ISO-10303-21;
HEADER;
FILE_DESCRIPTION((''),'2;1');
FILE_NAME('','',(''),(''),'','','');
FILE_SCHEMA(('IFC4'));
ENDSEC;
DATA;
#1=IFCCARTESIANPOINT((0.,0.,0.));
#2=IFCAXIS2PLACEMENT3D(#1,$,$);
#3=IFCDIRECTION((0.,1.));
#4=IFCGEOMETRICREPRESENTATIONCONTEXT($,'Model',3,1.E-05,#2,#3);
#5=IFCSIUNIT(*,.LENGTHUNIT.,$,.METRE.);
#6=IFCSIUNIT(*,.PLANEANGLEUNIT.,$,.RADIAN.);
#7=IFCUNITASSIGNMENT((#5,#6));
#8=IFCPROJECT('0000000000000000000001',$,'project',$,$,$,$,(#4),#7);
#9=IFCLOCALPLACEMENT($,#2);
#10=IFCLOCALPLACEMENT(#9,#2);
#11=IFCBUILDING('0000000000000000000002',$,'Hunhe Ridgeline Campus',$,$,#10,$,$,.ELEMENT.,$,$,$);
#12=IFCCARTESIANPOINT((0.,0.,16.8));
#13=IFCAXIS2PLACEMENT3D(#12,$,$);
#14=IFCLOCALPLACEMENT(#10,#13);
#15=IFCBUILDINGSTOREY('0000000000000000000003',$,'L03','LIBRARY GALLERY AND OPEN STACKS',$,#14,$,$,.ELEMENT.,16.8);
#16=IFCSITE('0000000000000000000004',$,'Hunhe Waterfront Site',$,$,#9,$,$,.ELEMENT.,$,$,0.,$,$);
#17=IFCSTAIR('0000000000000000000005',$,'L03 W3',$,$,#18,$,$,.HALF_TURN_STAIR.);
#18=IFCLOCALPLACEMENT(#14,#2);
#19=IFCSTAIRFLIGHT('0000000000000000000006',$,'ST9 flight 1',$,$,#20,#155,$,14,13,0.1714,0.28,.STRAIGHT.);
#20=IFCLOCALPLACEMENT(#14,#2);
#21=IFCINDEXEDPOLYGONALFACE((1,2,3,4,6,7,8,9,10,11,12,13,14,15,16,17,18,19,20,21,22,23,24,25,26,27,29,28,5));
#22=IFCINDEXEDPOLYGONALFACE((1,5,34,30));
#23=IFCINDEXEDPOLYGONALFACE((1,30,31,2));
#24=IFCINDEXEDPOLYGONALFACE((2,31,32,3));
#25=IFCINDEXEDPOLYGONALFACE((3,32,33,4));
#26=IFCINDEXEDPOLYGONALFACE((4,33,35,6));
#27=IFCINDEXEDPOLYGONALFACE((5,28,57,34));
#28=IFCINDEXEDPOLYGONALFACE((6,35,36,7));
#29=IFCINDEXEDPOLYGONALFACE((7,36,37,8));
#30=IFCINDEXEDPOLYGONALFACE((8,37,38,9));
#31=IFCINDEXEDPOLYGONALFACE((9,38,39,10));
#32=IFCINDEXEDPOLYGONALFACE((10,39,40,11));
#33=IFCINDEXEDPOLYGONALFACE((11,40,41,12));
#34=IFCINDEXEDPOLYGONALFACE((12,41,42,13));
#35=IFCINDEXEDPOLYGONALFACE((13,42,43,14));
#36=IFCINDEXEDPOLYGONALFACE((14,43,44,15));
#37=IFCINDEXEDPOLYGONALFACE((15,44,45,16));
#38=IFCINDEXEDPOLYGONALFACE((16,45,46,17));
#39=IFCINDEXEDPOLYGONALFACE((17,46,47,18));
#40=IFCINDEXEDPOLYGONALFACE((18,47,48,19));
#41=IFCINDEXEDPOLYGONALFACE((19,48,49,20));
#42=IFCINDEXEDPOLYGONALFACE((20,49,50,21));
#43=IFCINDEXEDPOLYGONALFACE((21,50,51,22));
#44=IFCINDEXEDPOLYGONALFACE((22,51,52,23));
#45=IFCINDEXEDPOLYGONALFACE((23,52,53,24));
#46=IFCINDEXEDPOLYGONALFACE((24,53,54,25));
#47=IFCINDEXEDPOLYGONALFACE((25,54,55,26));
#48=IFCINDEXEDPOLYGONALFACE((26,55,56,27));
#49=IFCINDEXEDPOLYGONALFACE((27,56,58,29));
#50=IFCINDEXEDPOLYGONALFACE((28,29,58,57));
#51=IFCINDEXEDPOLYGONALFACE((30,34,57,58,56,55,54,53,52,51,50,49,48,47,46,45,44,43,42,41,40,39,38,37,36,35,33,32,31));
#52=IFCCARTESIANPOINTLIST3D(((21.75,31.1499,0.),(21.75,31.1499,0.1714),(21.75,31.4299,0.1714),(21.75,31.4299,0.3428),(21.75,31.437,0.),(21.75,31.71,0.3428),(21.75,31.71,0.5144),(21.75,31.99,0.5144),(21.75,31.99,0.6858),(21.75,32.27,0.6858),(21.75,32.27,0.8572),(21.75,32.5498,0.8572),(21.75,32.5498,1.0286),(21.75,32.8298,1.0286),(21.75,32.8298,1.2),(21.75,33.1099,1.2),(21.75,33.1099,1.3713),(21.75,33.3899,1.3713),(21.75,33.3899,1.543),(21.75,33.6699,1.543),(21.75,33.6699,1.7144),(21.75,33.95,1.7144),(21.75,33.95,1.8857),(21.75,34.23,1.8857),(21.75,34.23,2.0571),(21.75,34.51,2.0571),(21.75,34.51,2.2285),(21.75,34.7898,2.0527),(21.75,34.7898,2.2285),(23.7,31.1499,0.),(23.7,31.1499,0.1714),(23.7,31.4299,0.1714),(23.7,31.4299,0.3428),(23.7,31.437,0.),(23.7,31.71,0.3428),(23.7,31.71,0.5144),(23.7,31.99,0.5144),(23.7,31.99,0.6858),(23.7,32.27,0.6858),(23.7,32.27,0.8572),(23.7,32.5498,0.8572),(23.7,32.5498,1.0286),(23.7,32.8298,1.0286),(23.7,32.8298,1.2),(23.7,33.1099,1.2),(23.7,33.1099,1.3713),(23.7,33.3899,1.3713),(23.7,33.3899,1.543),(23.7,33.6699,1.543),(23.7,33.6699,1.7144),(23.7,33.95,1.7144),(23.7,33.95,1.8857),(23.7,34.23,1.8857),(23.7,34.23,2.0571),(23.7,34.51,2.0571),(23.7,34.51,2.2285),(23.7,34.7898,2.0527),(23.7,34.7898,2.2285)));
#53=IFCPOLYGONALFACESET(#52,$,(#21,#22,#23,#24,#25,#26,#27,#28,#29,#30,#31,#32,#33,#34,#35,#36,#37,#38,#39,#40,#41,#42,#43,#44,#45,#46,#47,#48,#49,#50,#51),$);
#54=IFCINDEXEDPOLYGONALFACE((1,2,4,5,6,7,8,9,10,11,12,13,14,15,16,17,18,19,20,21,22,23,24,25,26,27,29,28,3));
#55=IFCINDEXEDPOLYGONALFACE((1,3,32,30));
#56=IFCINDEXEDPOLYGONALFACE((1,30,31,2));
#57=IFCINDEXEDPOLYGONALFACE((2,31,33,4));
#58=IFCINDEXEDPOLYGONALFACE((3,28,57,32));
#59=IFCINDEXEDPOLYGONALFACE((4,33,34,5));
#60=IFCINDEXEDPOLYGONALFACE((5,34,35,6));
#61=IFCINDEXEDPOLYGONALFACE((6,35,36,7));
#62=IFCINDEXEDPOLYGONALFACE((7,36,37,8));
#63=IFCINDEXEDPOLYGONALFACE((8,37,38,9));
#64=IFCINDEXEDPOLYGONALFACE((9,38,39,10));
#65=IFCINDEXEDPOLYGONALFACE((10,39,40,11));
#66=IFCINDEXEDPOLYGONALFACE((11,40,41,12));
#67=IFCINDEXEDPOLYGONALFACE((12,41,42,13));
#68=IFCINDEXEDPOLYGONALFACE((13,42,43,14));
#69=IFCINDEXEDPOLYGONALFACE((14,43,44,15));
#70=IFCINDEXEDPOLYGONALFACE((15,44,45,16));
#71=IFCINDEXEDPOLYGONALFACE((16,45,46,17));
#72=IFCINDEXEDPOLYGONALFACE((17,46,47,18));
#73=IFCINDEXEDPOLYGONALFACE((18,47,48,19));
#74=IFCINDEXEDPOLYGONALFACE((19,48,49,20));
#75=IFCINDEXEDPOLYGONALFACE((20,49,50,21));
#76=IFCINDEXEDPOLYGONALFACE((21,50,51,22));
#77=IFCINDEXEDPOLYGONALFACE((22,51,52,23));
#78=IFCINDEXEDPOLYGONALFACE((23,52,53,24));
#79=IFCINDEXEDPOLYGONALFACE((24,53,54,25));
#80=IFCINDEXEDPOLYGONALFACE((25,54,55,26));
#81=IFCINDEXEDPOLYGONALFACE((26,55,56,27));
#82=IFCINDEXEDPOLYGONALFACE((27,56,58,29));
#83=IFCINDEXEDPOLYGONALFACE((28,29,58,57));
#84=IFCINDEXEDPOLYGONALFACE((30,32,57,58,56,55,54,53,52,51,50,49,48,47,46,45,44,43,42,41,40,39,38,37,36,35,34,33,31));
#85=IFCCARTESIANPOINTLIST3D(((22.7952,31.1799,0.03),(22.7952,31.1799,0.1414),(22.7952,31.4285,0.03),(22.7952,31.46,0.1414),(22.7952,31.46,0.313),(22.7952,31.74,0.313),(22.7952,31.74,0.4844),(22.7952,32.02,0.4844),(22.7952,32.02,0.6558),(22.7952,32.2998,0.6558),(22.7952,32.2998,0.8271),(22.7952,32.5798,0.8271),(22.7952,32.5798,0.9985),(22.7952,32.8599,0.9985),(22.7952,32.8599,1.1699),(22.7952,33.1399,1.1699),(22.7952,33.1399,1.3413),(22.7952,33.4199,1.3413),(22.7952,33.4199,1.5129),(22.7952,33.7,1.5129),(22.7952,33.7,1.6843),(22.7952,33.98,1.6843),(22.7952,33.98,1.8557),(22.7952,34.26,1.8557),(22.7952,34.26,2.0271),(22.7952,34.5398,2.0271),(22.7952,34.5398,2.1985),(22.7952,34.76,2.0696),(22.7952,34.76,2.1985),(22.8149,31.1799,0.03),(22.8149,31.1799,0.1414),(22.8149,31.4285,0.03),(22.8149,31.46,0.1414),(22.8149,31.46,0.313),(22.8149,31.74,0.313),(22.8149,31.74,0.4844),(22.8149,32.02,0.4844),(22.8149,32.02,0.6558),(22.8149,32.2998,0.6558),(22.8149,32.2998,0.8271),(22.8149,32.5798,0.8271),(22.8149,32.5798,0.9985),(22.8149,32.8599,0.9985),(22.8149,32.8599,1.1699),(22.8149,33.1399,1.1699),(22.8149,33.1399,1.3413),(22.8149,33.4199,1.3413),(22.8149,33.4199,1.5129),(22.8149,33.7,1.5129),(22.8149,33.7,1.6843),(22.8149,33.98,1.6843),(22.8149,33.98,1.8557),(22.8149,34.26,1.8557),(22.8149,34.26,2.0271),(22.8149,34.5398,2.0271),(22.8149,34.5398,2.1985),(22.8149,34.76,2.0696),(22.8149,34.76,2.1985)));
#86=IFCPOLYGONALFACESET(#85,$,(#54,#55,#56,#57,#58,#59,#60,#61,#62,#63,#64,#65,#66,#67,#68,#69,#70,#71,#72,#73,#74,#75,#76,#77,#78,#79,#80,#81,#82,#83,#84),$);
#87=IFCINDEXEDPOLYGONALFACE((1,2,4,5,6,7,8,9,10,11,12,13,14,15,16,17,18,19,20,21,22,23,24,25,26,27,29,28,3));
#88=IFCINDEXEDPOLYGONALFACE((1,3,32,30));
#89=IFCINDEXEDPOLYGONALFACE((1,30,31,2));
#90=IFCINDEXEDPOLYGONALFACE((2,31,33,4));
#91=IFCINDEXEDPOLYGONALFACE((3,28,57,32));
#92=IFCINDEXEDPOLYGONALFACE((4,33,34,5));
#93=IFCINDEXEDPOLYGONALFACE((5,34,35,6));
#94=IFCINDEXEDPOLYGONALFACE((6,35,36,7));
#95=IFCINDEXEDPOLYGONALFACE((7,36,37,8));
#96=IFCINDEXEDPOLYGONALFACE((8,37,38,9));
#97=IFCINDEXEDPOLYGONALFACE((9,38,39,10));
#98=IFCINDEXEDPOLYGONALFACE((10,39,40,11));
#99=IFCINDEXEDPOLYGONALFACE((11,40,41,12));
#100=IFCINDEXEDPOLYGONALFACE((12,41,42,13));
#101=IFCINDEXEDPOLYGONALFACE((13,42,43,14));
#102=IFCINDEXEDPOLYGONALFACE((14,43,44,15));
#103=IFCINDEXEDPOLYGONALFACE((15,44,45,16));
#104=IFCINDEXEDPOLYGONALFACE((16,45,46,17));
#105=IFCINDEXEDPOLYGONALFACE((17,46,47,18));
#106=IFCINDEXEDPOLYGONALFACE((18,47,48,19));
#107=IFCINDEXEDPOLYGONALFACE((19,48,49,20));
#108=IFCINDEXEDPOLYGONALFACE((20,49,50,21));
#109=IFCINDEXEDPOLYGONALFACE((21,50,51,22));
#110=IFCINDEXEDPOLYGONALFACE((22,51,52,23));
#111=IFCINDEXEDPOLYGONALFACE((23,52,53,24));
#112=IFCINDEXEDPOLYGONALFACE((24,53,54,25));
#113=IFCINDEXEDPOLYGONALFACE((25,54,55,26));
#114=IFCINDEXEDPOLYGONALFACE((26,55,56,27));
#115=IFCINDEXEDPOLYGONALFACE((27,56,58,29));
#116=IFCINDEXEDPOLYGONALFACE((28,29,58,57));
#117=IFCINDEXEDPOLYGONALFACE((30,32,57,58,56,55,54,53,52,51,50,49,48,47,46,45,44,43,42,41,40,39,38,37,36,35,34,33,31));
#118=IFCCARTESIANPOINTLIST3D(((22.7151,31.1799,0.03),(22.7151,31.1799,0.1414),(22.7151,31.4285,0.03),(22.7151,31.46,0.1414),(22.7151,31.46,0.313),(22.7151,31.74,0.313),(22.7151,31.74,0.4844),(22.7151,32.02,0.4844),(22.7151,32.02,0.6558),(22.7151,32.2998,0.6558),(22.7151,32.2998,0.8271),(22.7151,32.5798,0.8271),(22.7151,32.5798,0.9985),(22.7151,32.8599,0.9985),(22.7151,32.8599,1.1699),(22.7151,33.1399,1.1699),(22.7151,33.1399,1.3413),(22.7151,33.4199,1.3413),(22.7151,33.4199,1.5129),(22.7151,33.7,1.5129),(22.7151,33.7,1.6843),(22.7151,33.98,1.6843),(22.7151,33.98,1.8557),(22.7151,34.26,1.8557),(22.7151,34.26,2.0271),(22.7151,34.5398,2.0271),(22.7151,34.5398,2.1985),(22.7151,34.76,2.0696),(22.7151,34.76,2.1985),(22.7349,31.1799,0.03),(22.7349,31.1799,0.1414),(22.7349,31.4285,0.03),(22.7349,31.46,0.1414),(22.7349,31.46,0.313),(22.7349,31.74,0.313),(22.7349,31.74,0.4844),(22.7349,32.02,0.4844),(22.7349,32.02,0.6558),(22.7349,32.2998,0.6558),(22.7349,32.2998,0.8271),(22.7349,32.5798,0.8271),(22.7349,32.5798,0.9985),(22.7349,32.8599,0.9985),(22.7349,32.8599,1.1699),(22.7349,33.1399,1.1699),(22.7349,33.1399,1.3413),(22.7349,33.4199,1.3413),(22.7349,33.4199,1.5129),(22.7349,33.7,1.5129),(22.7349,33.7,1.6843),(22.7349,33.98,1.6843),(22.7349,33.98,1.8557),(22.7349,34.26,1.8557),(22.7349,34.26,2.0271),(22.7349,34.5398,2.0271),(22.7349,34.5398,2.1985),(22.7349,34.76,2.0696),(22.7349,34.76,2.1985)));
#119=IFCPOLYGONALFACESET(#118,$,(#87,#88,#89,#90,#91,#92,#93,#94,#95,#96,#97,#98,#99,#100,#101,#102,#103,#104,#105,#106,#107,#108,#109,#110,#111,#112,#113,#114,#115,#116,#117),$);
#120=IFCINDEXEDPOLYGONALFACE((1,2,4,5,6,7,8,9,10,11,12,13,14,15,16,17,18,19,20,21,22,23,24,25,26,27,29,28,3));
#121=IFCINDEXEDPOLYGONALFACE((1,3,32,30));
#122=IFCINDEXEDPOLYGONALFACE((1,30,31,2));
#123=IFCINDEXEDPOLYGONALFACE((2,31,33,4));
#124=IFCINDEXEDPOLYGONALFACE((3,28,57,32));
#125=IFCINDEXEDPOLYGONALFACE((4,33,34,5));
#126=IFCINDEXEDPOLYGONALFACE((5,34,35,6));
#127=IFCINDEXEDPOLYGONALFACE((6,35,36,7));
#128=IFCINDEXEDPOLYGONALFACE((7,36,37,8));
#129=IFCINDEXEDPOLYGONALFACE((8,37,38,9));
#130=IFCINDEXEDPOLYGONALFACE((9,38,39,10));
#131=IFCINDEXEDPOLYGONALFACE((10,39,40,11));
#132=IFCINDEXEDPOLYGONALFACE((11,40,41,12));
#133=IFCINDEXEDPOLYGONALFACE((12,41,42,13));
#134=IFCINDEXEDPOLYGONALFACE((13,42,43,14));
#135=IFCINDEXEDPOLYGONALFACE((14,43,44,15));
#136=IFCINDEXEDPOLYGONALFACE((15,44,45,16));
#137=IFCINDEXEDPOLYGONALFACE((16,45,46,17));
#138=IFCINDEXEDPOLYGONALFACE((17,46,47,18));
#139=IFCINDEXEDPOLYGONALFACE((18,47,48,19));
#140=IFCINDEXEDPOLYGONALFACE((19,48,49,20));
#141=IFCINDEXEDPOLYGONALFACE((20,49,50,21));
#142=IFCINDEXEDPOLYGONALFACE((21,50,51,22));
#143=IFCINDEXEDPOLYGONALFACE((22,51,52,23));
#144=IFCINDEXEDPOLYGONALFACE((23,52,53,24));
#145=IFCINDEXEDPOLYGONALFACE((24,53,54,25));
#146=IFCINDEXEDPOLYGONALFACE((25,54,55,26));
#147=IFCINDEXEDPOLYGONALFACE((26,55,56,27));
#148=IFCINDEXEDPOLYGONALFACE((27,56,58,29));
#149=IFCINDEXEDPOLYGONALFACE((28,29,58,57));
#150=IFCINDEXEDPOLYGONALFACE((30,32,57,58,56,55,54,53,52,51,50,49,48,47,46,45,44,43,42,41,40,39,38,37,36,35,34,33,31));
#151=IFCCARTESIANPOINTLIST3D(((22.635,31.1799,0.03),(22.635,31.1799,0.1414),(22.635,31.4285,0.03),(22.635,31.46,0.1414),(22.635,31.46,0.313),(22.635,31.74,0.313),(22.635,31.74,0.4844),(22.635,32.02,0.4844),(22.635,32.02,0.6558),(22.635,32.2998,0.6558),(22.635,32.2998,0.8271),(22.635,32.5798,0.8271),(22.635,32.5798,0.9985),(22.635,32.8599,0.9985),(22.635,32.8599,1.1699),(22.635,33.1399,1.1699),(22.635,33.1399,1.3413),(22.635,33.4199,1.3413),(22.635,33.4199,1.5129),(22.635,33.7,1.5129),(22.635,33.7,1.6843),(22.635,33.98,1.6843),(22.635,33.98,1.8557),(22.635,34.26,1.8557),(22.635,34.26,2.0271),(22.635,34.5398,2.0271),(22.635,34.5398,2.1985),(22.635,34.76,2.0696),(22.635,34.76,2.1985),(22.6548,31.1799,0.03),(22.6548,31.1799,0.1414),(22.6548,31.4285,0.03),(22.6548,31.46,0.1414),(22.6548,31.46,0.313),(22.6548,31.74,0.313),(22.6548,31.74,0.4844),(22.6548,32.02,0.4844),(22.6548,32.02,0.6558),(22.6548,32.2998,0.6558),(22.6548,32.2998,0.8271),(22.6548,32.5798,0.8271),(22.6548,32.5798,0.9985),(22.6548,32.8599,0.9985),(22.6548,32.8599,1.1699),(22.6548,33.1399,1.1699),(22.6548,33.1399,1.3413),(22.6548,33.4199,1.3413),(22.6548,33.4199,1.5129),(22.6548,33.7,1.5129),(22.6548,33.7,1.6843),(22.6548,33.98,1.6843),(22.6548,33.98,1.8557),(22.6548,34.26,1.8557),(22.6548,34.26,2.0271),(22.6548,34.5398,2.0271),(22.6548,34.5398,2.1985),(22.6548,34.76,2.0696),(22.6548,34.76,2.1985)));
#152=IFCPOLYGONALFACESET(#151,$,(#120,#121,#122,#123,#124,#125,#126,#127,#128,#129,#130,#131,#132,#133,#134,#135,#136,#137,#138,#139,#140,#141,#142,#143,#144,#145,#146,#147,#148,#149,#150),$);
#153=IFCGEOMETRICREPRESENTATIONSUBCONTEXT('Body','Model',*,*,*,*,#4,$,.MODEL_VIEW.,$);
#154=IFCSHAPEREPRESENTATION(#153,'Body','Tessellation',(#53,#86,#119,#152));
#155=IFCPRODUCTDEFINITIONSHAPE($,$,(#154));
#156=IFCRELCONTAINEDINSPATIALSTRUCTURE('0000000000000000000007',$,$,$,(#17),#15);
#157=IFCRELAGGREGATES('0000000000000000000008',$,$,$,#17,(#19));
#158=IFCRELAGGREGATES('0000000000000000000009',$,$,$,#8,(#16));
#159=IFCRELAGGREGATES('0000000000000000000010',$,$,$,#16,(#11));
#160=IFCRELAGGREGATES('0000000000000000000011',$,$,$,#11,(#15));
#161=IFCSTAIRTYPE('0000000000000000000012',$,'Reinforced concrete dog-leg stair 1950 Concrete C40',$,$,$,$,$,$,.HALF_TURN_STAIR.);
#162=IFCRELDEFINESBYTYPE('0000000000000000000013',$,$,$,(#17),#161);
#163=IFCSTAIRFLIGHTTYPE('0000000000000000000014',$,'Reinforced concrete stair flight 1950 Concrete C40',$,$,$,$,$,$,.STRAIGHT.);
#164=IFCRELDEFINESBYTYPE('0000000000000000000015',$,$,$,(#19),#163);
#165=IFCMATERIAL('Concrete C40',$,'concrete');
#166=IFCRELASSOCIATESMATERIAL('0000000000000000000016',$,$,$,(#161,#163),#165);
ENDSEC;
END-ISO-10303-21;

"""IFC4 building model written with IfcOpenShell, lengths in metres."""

from ifc_helpers import new_model, si_unit, direction, frame, origin, place, context, subcontext, project, spatial, polyline, outline, extrude, material, type_object, element, aggregate, save


model = new_model("IFC4")

# Units and contexts
model_context = context("Model", 3, precision=1e-05, world=origin(), true_north=direction((0.0, 1.0)))
body_context = subcontext(model_context, "Body", "Model", "MODEL_VIEW")
ifc_project = project(units=[si_unit("LENGTHUNIT", "METRE"), si_unit("PLANEANGLEUNIT", "RADIAN")], contexts=[model_context])

# Site, building, storey
site_placement = place(None, origin())
site = spatial("IfcSite", under=ifc_project, at=site_placement, Name="Hunhe Waterfront Site", CompositionType="ELEMENT", RefElevation=0.0)
building_placement = place(site_placement, origin())
building = spatial("IfcBuilding", under=site, at=building_placement, Name="Hunhe Ridgeline Campus", CompositionType="ELEMENT")
storey_placement = place(building_placement, frame((0.0, 0.0, 16.8)))
storey = spatial("IfcBuildingStorey", under=building, at=storey_placement, Name="L03", Description="LIBRARY GALLERY AND OPEN STACKS", CompositionType="ELEMENT", Elevation=16.8)

# Stair, stair flight
ifc_material_1 = material(Name="Concrete C40", Category="concrete")
stair_type = type_object("IfcStairType", Name="Reinforced concrete dog-leg stair 1950 Concrete C40", PredefinedType="HALF_TURN_STAIR", material=ifc_material_1)
stair_placement = place(storey_placement, origin())
stair = element("IfcStair", 1, at=stair_placement, inside=storey, type_object=stair_type, Name="L03 W3", PredefinedType="HALF_TURN_STAIR")
stair_flight_type = type_object("IfcStairFlightType", Name="Reinforced concrete stair flight 1950 Concrete C40", PredefinedType="STRAIGHT", material=ifc_material_1)
stair_flight_1_placement = place(storey_placement, frame((22.7251, 31.1499, 0.0), z_axis=(0.0, 0.0, 1.0), x_axis=(0.0, 1.0, 0.0)))
stair_flight_1 = element("IfcStairFlight", 2, at=stair_flight_1_placement, type_object=stair_flight_type, Name="ST9 flight 1", NumberOfRisers=14, NumberOfTreads=13, PredefinedType="STRAIGHT", RiserHeight=0.1714, TreadLength=0.28, context=body_context, shape_type="SweptSolid", body=[
    extrude(outline(polyline([(0.0, 0.0), (0.0, 0.1714), (0.28, 0.1714), (0.28, 0.3428), (0.5601, 0.3428), (0.5601, 0.5144), (0.8401, 0.5144), (0.8401, 0.6858), (1.1201, 0.6858), (1.1201, 0.8572), (1.3999, 0.8572), (1.3999, 1.0286), (1.6799, 1.0286), (1.6799, 1.2), (1.96, 1.2), (1.96, 1.3713), (2.24, 1.3713), (2.24, 1.543), (2.52, 1.543), (2.52, 1.7144), (2.8, 1.7144), (2.8, 1.8857), (3.0801, 1.8857), (3.0801, 2.0571), (3.3601, 2.0571), (3.3601, 2.2285), (3.6399, 2.2285), (3.6399, 2.3999), (3.6399, 2.0527), (0.2871, 0.0), (0.0, 0.0)])), frame((0.0, 0.9751, 0.0), z_axis=(0.0, -1.0, 0.0), x_axis=(1.0, 0.0, 0.0)), (0.0, 0.0, 1.0), 1.95),
    extrude(outline(polyline([(0.03, 0.03), (0.03, 0.1414), (0.3101, 0.1414), (0.3101, 0.313), (0.5901, 0.313), (0.5901, 0.4844), (0.8701, 0.4844), (0.8701, 0.6558), (1.1499, 0.6558), (1.1499, 0.8271), (1.4299, 0.8271), (1.4299, 0.9985), (1.71, 0.9985), (1.71, 1.1699), (1.99, 1.1699), (1.99, 1.3413), (2.27, 1.3413), (2.27, 1.5129), (2.55, 1.5129), (2.55, 1.6843), (2.8301, 1.6843), (2.8301, 1.8557), (3.1101, 1.8557), (3.1101, 2.0271), (3.3899, 2.0271), (3.3899, 2.1985), (3.6101, 2.1985), (3.6101, 2.0696), (0.2786, 0.03), (0.03, 0.03)])), frame((0.0, -0.0701, 0.0), z_axis=(0.0, -1.0, 0.0), x_axis=(1.0, 0.0, 0.0)), (0.0, 0.0, 1.0), 0.0198),
    extrude(outline(polyline([(0.03, 0.03), (0.03, 0.1414), (0.3101, 0.1414), (0.3101, 0.313), (0.5901, 0.313), (0.5901, 0.4844), (0.8701, 0.4844), (0.8701, 0.6558), (1.1499, 0.6558), (1.1499, 0.8271), (1.4299, 0.8271), (1.4299, 0.9985), (1.71, 0.9985), (1.71, 1.1699), (1.99, 1.1699), (1.99, 1.3413), (2.27, 1.3413), (2.27, 1.5129), (2.55, 1.5129), (2.55, 1.6843), (2.8301, 1.6843), (2.8301, 1.8557), (3.1101, 1.8557), (3.1101, 2.0271), (3.3899, 2.0271), (3.3899, 2.1985), (3.6101, 2.1985), (3.6101, 2.0696), (0.2786, 0.03), (0.03, 0.03)])), frame((0.0, 0.01, 0.0), z_axis=(0.0, -1.0, 0.0), x_axis=(1.0, 0.0, 0.0)), (0.0, 0.0, 1.0), 0.0198),
    extrude(outline(polyline([(0.03, 0.03), (0.03, 0.1414), (0.3101, 0.1414), (0.3101, 0.313), (0.5901, 0.313), (0.5901, 0.4844), (0.8701, 0.4844), (0.8701, 0.6558), (1.1499, 0.6558), (1.1499, 0.8271), (1.4299, 0.8271), (1.4299, 0.9985), (1.71, 0.9985), (1.71, 1.1699), (1.99, 1.1699), (1.99, 1.3413), (2.27, 1.3413), (2.27, 1.5129), (2.55, 1.5129), (2.55, 1.6843), (2.8301, 1.6843), (2.8301, 1.8557), (3.1101, 1.8557), (3.1101, 2.0271), (3.3899, 2.0271), (3.3899, 2.1985), (3.6101, 2.1985), (3.6101, 2.0696), (0.2786, 0.03), (0.03, 0.03)])), frame((0.0, 0.0901, 0.0), z_axis=(0.0, -1.0, 0.0), x_axis=(1.0, 0.0, 0.0)), (0.0, 0.0, 1.0), 0.0198),
])
aggregate(stair, [stair_flight_1])

save(model, "model.ifc")
